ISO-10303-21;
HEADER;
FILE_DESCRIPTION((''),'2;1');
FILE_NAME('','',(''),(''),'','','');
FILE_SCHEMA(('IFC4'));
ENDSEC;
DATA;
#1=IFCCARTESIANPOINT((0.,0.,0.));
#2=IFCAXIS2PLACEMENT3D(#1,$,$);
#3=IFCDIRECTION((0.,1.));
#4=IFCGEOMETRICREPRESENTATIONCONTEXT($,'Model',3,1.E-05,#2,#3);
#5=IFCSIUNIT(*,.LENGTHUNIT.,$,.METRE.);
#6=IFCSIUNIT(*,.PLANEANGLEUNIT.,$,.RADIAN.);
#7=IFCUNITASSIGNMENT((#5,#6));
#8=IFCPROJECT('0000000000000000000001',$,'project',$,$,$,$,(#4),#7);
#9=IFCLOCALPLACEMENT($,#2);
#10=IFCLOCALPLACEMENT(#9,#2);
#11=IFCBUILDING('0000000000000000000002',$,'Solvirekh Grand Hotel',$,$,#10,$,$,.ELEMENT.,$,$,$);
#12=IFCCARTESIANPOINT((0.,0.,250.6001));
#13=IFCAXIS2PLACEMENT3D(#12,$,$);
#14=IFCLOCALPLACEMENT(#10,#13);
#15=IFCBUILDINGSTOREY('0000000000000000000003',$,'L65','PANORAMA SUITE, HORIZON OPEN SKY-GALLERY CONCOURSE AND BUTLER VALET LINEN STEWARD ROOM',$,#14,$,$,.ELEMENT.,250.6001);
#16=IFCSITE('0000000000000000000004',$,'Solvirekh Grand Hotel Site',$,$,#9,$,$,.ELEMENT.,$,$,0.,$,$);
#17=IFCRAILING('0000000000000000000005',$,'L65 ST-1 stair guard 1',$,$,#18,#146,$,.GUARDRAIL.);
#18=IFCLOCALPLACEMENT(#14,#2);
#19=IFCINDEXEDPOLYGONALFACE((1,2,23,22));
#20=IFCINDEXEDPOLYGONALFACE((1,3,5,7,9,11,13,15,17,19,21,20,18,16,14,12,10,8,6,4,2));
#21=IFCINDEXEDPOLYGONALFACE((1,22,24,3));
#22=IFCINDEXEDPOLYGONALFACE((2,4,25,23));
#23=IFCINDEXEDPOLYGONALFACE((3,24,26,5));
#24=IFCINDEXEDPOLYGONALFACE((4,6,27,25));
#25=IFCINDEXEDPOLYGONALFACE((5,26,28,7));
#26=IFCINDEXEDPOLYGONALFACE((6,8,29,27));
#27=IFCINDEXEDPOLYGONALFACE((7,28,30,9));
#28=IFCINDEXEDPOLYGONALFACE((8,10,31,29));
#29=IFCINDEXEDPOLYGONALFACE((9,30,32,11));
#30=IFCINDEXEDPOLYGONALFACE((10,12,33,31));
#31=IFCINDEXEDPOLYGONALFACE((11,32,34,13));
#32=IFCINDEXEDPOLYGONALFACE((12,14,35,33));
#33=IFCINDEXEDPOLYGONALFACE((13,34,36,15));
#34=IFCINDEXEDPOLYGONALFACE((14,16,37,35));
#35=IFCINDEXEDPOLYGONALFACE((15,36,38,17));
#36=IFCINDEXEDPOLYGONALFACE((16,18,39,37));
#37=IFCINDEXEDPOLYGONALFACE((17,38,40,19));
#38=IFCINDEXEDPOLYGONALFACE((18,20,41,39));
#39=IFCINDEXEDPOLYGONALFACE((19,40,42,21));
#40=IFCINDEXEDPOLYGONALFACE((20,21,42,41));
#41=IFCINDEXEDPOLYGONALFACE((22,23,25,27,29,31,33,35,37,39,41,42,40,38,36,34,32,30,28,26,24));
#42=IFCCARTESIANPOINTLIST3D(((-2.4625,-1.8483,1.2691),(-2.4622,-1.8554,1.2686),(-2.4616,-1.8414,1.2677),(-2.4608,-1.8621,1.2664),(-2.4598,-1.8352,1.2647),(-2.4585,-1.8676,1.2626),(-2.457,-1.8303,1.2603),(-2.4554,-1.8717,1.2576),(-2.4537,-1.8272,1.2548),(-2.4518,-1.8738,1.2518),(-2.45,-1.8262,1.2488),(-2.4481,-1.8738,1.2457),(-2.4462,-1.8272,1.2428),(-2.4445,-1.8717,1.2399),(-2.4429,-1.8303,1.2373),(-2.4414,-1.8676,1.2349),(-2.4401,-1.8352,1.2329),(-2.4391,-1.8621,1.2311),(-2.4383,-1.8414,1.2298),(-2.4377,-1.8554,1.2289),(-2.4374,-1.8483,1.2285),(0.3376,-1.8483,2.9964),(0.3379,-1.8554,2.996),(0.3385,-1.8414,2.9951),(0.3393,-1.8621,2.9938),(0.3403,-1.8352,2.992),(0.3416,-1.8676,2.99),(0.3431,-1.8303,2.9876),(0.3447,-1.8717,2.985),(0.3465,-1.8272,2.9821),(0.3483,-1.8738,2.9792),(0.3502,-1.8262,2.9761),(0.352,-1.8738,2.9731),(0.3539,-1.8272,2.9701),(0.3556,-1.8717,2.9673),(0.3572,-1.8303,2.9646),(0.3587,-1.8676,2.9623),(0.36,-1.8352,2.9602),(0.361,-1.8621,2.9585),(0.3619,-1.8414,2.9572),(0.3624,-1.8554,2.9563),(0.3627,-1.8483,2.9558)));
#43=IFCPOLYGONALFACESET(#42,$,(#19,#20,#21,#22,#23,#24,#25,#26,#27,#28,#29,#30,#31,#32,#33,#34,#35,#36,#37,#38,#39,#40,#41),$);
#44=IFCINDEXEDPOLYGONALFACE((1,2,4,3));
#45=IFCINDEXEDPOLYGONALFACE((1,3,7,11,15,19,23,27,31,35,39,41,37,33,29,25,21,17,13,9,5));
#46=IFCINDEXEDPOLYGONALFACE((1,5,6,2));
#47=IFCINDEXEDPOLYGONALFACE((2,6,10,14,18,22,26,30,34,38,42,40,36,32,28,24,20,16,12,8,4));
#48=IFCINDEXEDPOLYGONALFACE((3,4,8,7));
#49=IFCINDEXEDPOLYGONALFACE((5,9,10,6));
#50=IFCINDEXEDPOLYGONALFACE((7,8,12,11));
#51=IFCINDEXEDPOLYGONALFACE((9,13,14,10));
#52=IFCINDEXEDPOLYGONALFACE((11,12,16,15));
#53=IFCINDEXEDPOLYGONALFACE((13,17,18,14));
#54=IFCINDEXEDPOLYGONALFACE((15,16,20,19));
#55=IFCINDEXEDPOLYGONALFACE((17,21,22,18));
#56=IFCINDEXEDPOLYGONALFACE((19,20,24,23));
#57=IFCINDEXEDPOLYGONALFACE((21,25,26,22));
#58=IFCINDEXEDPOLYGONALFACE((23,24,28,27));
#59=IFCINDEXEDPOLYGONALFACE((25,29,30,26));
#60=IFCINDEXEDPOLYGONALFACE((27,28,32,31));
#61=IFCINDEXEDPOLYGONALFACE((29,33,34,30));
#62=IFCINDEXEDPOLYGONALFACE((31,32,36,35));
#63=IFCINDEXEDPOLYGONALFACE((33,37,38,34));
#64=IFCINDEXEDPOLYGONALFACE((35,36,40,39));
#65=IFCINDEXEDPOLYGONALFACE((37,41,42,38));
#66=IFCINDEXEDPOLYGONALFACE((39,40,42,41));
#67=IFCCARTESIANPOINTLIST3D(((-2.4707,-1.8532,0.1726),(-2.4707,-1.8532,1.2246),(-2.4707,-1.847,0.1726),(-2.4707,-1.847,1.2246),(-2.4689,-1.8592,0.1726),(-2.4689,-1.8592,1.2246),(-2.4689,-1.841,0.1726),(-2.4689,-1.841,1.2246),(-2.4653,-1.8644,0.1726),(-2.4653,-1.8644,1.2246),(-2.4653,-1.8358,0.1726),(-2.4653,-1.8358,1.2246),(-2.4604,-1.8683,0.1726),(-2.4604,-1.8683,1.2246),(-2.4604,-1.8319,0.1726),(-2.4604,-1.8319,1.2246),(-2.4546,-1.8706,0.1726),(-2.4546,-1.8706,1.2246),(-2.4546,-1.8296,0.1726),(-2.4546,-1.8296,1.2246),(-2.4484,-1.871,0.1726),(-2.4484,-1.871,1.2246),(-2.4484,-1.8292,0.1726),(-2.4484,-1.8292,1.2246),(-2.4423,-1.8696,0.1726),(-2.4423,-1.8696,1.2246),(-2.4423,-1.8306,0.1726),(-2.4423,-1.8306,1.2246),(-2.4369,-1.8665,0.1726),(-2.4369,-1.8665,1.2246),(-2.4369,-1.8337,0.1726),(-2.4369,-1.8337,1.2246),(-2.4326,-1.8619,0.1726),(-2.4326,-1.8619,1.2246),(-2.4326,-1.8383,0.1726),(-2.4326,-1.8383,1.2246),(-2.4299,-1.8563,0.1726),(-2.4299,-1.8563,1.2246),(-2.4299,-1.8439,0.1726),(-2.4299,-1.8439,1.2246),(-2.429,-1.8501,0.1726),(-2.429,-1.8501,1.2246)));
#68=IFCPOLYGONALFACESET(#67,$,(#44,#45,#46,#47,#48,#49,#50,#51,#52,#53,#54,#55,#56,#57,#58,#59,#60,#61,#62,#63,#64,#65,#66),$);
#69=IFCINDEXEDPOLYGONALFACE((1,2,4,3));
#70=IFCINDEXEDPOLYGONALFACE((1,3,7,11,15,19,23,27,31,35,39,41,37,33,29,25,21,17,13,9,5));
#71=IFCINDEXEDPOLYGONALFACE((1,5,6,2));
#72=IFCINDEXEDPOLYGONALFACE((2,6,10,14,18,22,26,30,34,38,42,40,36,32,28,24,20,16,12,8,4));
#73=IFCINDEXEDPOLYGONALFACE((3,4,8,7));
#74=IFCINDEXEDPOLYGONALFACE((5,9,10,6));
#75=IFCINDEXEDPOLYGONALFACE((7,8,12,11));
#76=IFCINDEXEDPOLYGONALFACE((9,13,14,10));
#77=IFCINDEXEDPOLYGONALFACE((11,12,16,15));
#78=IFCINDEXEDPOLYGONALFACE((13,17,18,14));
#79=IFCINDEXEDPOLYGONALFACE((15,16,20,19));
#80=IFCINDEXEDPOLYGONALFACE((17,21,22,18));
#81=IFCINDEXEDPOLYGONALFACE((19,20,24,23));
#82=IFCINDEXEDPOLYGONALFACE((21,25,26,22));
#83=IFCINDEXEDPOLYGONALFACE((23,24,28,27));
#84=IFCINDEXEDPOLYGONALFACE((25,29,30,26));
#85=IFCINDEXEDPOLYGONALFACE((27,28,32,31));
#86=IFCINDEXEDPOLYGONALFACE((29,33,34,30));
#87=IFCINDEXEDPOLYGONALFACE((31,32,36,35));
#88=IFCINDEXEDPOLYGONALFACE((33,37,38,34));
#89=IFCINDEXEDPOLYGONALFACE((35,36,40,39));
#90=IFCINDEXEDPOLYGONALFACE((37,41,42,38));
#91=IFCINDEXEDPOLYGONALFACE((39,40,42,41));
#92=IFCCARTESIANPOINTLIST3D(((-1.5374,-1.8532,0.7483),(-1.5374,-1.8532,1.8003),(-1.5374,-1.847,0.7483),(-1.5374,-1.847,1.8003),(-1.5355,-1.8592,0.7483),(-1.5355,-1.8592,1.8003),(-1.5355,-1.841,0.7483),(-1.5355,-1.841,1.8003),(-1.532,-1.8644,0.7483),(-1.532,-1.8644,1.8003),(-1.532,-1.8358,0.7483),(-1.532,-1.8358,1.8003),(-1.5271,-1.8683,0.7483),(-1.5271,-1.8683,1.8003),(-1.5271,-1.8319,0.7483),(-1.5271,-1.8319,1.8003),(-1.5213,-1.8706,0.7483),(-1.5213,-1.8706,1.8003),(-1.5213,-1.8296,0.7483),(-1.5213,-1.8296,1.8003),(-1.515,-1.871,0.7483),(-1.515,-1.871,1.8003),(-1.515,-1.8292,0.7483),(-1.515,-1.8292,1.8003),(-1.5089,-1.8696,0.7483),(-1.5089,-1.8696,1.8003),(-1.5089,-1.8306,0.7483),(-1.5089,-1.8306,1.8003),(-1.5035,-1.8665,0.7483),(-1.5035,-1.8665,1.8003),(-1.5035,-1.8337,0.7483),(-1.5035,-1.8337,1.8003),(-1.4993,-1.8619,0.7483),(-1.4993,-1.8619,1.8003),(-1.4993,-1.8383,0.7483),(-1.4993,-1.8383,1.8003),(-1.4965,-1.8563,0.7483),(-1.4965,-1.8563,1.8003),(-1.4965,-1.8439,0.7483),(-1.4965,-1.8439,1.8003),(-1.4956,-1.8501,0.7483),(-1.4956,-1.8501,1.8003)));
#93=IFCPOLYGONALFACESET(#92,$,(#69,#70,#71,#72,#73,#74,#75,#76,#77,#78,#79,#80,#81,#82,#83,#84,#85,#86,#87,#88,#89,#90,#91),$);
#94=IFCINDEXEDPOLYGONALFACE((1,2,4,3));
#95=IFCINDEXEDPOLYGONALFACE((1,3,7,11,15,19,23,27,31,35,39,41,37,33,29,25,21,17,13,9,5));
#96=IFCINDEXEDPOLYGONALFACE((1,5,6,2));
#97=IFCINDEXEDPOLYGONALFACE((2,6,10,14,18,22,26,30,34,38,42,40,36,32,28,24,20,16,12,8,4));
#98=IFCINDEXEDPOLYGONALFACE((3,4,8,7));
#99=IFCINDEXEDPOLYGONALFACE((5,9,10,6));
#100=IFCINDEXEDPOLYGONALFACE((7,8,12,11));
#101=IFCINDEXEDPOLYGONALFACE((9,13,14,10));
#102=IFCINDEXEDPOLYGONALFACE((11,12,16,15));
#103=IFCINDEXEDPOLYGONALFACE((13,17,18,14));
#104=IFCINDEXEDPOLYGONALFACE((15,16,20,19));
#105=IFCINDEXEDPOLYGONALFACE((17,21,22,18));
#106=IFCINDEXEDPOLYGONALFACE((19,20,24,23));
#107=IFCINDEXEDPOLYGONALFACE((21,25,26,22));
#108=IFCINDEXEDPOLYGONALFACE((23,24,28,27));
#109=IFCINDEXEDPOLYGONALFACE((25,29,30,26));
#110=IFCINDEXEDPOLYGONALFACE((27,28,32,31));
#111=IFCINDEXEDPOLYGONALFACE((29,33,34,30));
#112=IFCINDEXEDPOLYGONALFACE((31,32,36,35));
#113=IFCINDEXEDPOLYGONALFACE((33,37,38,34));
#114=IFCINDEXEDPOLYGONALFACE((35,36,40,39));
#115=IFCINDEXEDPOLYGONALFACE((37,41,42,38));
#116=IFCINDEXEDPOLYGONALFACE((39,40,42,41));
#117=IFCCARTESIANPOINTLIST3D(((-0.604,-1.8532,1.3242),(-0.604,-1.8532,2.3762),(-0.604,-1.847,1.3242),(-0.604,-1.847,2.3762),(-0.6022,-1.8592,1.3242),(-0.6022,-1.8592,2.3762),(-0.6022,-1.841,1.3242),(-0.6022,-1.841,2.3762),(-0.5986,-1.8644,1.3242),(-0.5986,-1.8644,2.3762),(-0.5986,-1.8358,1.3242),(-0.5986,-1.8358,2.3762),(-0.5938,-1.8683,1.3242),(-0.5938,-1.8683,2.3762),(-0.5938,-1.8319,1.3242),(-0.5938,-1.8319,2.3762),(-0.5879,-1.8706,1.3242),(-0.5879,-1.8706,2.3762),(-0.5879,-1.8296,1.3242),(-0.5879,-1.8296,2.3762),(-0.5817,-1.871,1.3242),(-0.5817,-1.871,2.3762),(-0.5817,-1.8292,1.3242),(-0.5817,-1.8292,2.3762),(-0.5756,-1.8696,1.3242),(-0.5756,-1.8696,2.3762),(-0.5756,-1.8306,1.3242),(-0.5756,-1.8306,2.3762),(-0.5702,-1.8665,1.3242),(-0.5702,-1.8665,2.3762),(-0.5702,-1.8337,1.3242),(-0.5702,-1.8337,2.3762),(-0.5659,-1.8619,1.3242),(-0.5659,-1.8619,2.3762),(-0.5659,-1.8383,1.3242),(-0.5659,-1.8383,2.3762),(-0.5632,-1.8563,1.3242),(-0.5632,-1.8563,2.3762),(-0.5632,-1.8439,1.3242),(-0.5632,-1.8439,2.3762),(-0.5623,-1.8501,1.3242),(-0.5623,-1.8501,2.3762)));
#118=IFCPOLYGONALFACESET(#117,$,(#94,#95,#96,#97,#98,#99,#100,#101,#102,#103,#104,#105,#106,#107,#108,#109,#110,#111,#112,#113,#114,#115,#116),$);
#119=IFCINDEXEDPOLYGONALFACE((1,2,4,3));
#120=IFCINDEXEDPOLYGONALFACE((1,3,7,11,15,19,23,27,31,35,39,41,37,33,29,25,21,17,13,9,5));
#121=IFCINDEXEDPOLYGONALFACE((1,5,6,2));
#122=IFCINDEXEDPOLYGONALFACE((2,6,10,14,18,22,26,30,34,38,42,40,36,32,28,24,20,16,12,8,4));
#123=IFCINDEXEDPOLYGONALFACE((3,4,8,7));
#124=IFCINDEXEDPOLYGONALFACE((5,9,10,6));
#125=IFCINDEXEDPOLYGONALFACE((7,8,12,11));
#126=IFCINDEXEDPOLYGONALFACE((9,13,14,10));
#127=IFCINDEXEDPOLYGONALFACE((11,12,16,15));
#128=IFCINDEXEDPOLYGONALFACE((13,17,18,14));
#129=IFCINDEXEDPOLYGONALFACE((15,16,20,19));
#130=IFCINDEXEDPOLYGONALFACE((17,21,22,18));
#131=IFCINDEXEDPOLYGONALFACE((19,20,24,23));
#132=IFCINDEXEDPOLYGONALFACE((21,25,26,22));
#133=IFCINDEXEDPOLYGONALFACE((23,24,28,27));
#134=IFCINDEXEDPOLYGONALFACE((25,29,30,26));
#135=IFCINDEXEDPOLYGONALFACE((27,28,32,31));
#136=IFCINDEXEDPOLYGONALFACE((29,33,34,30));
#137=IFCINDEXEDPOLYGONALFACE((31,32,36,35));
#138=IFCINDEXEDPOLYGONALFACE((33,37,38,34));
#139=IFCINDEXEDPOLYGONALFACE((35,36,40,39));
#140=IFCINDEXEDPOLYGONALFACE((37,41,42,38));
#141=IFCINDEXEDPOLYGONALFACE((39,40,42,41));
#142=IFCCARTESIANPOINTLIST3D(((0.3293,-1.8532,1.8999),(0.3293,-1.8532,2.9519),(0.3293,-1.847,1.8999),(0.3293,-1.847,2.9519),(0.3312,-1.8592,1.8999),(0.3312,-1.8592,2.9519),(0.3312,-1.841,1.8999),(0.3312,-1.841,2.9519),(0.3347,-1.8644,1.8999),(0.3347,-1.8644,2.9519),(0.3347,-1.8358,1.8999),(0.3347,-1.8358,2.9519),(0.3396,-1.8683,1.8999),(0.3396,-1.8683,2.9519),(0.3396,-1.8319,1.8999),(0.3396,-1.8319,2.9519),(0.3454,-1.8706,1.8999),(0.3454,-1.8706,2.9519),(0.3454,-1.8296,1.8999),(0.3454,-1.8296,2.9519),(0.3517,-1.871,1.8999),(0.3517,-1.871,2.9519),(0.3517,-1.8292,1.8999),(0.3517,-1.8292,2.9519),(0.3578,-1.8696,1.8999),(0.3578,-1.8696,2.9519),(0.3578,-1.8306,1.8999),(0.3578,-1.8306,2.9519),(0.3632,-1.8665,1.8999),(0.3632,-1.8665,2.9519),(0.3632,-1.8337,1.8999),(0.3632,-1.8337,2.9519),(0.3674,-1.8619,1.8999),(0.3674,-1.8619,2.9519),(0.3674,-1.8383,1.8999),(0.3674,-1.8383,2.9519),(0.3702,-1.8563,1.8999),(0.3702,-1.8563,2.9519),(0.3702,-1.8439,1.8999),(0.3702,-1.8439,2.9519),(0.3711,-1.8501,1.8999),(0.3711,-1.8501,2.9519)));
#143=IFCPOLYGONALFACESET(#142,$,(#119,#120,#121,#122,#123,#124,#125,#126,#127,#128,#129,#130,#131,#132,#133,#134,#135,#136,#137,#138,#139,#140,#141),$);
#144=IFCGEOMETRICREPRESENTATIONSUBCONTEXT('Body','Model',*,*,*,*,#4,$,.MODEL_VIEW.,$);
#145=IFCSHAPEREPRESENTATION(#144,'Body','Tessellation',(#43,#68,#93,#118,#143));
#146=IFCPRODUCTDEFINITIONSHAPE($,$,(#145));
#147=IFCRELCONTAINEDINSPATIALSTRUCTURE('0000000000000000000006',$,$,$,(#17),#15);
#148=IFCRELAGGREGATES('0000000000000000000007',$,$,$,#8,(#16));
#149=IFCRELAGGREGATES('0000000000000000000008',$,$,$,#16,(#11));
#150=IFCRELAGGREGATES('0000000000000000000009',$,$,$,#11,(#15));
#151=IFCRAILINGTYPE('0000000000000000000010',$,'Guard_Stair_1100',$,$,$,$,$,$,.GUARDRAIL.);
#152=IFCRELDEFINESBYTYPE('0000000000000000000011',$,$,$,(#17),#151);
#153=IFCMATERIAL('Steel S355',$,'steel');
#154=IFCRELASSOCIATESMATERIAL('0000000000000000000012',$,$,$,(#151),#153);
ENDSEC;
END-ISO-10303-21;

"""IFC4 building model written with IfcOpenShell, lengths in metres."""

from ifc_helpers import new_model, si_unit, direction, frame, origin, origin_2d, place, context, subcontext, project, spatial, circle, extrude, material, type_object, element, save


model = new_model("IFC4")

# Units and contexts
model_context = context("Model", 3, precision=1e-05, world=origin(), true_north=direction((0.0, 1.0)))
body_context = subcontext(model_context, "Body", "Model", "MODEL_VIEW")
ifc_project = project(units=[si_unit("LENGTHUNIT", "METRE"), si_unit("PLANEANGLEUNIT", "RADIAN")], contexts=[model_context])

# Site, building, storey
site_placement = place(None, origin())
site = spatial("IfcSite", under=ifc_project, at=site_placement, Name="Solvirekh Grand Hotel Site", CompositionType="ELEMENT", RefElevation=0.0)
building_placement = place(site_placement, origin())
building = spatial("IfcBuilding", under=site, at=building_placement, Name="Solvirekh Grand Hotel", CompositionType="ELEMENT")
storey_placement = place(building_placement, frame((0.0, 0.0, 250.6001)))
storey = spatial("IfcBuildingStorey", under=building, at=storey_placement, Name="L65", Description="PANORAMA SUITE, HORIZON OPEN SKY-GALLERY CONCOURSE AND BUTLER VALET LINEN STEWARD ROOM", CompositionType="ELEMENT", Elevation=250.6001)

# Railing
ifc_material_1 = material(Name="Steel S355", Category="steel")
railing_type_1 = type_object("IfcRailingType", Name="Guard_Stair_1100", PredefinedType="GUARDRAIL", material=ifc_material_1)
railing_1_placement = place(storey_placement, frame((-2.45, -1.8501, 0.1726)))
element("IfcRailing", 1, at=railing_1_placement, inside=storey, type_object=railing_type_1, Name="L65 ST-1 stair guard 1", PredefinedType="GUARDRAIL", context=body_context, shape_type="SweptSolid", body=[
    extrude(circle(Radius=0.0239, at=origin_2d()), frame((0.0, 0.0, 1.0762), z_axis=(0.85109, 0.0, 0.52502), x_axis=(0.0, 1.0, 0.0)), (0.0, 0.0, 1.0), 3.29),
    extrude(circle(Radius=0.021, at=origin_2d()), origin(), (0.0, 0.0, 1.0), 1.052),
    extrude(circle(Radius=0.021, at=origin_2d()), frame((0.9333, 0.0, 0.5757)), (0.0, 0.0, 1.0), 1.052),
    extrude(circle(Radius=0.021, at=origin_2d()), frame((1.8667, 0.0, 1.1516)), (0.0, 0.0, 1.0), 1.052),
    extrude(circle(Radius=0.021, at=origin_2d()), frame((2.8, 0.0, 1.7273)), (0.0, 0.0, 1.0), 1.052),
])

save(model, "model.ifc")
